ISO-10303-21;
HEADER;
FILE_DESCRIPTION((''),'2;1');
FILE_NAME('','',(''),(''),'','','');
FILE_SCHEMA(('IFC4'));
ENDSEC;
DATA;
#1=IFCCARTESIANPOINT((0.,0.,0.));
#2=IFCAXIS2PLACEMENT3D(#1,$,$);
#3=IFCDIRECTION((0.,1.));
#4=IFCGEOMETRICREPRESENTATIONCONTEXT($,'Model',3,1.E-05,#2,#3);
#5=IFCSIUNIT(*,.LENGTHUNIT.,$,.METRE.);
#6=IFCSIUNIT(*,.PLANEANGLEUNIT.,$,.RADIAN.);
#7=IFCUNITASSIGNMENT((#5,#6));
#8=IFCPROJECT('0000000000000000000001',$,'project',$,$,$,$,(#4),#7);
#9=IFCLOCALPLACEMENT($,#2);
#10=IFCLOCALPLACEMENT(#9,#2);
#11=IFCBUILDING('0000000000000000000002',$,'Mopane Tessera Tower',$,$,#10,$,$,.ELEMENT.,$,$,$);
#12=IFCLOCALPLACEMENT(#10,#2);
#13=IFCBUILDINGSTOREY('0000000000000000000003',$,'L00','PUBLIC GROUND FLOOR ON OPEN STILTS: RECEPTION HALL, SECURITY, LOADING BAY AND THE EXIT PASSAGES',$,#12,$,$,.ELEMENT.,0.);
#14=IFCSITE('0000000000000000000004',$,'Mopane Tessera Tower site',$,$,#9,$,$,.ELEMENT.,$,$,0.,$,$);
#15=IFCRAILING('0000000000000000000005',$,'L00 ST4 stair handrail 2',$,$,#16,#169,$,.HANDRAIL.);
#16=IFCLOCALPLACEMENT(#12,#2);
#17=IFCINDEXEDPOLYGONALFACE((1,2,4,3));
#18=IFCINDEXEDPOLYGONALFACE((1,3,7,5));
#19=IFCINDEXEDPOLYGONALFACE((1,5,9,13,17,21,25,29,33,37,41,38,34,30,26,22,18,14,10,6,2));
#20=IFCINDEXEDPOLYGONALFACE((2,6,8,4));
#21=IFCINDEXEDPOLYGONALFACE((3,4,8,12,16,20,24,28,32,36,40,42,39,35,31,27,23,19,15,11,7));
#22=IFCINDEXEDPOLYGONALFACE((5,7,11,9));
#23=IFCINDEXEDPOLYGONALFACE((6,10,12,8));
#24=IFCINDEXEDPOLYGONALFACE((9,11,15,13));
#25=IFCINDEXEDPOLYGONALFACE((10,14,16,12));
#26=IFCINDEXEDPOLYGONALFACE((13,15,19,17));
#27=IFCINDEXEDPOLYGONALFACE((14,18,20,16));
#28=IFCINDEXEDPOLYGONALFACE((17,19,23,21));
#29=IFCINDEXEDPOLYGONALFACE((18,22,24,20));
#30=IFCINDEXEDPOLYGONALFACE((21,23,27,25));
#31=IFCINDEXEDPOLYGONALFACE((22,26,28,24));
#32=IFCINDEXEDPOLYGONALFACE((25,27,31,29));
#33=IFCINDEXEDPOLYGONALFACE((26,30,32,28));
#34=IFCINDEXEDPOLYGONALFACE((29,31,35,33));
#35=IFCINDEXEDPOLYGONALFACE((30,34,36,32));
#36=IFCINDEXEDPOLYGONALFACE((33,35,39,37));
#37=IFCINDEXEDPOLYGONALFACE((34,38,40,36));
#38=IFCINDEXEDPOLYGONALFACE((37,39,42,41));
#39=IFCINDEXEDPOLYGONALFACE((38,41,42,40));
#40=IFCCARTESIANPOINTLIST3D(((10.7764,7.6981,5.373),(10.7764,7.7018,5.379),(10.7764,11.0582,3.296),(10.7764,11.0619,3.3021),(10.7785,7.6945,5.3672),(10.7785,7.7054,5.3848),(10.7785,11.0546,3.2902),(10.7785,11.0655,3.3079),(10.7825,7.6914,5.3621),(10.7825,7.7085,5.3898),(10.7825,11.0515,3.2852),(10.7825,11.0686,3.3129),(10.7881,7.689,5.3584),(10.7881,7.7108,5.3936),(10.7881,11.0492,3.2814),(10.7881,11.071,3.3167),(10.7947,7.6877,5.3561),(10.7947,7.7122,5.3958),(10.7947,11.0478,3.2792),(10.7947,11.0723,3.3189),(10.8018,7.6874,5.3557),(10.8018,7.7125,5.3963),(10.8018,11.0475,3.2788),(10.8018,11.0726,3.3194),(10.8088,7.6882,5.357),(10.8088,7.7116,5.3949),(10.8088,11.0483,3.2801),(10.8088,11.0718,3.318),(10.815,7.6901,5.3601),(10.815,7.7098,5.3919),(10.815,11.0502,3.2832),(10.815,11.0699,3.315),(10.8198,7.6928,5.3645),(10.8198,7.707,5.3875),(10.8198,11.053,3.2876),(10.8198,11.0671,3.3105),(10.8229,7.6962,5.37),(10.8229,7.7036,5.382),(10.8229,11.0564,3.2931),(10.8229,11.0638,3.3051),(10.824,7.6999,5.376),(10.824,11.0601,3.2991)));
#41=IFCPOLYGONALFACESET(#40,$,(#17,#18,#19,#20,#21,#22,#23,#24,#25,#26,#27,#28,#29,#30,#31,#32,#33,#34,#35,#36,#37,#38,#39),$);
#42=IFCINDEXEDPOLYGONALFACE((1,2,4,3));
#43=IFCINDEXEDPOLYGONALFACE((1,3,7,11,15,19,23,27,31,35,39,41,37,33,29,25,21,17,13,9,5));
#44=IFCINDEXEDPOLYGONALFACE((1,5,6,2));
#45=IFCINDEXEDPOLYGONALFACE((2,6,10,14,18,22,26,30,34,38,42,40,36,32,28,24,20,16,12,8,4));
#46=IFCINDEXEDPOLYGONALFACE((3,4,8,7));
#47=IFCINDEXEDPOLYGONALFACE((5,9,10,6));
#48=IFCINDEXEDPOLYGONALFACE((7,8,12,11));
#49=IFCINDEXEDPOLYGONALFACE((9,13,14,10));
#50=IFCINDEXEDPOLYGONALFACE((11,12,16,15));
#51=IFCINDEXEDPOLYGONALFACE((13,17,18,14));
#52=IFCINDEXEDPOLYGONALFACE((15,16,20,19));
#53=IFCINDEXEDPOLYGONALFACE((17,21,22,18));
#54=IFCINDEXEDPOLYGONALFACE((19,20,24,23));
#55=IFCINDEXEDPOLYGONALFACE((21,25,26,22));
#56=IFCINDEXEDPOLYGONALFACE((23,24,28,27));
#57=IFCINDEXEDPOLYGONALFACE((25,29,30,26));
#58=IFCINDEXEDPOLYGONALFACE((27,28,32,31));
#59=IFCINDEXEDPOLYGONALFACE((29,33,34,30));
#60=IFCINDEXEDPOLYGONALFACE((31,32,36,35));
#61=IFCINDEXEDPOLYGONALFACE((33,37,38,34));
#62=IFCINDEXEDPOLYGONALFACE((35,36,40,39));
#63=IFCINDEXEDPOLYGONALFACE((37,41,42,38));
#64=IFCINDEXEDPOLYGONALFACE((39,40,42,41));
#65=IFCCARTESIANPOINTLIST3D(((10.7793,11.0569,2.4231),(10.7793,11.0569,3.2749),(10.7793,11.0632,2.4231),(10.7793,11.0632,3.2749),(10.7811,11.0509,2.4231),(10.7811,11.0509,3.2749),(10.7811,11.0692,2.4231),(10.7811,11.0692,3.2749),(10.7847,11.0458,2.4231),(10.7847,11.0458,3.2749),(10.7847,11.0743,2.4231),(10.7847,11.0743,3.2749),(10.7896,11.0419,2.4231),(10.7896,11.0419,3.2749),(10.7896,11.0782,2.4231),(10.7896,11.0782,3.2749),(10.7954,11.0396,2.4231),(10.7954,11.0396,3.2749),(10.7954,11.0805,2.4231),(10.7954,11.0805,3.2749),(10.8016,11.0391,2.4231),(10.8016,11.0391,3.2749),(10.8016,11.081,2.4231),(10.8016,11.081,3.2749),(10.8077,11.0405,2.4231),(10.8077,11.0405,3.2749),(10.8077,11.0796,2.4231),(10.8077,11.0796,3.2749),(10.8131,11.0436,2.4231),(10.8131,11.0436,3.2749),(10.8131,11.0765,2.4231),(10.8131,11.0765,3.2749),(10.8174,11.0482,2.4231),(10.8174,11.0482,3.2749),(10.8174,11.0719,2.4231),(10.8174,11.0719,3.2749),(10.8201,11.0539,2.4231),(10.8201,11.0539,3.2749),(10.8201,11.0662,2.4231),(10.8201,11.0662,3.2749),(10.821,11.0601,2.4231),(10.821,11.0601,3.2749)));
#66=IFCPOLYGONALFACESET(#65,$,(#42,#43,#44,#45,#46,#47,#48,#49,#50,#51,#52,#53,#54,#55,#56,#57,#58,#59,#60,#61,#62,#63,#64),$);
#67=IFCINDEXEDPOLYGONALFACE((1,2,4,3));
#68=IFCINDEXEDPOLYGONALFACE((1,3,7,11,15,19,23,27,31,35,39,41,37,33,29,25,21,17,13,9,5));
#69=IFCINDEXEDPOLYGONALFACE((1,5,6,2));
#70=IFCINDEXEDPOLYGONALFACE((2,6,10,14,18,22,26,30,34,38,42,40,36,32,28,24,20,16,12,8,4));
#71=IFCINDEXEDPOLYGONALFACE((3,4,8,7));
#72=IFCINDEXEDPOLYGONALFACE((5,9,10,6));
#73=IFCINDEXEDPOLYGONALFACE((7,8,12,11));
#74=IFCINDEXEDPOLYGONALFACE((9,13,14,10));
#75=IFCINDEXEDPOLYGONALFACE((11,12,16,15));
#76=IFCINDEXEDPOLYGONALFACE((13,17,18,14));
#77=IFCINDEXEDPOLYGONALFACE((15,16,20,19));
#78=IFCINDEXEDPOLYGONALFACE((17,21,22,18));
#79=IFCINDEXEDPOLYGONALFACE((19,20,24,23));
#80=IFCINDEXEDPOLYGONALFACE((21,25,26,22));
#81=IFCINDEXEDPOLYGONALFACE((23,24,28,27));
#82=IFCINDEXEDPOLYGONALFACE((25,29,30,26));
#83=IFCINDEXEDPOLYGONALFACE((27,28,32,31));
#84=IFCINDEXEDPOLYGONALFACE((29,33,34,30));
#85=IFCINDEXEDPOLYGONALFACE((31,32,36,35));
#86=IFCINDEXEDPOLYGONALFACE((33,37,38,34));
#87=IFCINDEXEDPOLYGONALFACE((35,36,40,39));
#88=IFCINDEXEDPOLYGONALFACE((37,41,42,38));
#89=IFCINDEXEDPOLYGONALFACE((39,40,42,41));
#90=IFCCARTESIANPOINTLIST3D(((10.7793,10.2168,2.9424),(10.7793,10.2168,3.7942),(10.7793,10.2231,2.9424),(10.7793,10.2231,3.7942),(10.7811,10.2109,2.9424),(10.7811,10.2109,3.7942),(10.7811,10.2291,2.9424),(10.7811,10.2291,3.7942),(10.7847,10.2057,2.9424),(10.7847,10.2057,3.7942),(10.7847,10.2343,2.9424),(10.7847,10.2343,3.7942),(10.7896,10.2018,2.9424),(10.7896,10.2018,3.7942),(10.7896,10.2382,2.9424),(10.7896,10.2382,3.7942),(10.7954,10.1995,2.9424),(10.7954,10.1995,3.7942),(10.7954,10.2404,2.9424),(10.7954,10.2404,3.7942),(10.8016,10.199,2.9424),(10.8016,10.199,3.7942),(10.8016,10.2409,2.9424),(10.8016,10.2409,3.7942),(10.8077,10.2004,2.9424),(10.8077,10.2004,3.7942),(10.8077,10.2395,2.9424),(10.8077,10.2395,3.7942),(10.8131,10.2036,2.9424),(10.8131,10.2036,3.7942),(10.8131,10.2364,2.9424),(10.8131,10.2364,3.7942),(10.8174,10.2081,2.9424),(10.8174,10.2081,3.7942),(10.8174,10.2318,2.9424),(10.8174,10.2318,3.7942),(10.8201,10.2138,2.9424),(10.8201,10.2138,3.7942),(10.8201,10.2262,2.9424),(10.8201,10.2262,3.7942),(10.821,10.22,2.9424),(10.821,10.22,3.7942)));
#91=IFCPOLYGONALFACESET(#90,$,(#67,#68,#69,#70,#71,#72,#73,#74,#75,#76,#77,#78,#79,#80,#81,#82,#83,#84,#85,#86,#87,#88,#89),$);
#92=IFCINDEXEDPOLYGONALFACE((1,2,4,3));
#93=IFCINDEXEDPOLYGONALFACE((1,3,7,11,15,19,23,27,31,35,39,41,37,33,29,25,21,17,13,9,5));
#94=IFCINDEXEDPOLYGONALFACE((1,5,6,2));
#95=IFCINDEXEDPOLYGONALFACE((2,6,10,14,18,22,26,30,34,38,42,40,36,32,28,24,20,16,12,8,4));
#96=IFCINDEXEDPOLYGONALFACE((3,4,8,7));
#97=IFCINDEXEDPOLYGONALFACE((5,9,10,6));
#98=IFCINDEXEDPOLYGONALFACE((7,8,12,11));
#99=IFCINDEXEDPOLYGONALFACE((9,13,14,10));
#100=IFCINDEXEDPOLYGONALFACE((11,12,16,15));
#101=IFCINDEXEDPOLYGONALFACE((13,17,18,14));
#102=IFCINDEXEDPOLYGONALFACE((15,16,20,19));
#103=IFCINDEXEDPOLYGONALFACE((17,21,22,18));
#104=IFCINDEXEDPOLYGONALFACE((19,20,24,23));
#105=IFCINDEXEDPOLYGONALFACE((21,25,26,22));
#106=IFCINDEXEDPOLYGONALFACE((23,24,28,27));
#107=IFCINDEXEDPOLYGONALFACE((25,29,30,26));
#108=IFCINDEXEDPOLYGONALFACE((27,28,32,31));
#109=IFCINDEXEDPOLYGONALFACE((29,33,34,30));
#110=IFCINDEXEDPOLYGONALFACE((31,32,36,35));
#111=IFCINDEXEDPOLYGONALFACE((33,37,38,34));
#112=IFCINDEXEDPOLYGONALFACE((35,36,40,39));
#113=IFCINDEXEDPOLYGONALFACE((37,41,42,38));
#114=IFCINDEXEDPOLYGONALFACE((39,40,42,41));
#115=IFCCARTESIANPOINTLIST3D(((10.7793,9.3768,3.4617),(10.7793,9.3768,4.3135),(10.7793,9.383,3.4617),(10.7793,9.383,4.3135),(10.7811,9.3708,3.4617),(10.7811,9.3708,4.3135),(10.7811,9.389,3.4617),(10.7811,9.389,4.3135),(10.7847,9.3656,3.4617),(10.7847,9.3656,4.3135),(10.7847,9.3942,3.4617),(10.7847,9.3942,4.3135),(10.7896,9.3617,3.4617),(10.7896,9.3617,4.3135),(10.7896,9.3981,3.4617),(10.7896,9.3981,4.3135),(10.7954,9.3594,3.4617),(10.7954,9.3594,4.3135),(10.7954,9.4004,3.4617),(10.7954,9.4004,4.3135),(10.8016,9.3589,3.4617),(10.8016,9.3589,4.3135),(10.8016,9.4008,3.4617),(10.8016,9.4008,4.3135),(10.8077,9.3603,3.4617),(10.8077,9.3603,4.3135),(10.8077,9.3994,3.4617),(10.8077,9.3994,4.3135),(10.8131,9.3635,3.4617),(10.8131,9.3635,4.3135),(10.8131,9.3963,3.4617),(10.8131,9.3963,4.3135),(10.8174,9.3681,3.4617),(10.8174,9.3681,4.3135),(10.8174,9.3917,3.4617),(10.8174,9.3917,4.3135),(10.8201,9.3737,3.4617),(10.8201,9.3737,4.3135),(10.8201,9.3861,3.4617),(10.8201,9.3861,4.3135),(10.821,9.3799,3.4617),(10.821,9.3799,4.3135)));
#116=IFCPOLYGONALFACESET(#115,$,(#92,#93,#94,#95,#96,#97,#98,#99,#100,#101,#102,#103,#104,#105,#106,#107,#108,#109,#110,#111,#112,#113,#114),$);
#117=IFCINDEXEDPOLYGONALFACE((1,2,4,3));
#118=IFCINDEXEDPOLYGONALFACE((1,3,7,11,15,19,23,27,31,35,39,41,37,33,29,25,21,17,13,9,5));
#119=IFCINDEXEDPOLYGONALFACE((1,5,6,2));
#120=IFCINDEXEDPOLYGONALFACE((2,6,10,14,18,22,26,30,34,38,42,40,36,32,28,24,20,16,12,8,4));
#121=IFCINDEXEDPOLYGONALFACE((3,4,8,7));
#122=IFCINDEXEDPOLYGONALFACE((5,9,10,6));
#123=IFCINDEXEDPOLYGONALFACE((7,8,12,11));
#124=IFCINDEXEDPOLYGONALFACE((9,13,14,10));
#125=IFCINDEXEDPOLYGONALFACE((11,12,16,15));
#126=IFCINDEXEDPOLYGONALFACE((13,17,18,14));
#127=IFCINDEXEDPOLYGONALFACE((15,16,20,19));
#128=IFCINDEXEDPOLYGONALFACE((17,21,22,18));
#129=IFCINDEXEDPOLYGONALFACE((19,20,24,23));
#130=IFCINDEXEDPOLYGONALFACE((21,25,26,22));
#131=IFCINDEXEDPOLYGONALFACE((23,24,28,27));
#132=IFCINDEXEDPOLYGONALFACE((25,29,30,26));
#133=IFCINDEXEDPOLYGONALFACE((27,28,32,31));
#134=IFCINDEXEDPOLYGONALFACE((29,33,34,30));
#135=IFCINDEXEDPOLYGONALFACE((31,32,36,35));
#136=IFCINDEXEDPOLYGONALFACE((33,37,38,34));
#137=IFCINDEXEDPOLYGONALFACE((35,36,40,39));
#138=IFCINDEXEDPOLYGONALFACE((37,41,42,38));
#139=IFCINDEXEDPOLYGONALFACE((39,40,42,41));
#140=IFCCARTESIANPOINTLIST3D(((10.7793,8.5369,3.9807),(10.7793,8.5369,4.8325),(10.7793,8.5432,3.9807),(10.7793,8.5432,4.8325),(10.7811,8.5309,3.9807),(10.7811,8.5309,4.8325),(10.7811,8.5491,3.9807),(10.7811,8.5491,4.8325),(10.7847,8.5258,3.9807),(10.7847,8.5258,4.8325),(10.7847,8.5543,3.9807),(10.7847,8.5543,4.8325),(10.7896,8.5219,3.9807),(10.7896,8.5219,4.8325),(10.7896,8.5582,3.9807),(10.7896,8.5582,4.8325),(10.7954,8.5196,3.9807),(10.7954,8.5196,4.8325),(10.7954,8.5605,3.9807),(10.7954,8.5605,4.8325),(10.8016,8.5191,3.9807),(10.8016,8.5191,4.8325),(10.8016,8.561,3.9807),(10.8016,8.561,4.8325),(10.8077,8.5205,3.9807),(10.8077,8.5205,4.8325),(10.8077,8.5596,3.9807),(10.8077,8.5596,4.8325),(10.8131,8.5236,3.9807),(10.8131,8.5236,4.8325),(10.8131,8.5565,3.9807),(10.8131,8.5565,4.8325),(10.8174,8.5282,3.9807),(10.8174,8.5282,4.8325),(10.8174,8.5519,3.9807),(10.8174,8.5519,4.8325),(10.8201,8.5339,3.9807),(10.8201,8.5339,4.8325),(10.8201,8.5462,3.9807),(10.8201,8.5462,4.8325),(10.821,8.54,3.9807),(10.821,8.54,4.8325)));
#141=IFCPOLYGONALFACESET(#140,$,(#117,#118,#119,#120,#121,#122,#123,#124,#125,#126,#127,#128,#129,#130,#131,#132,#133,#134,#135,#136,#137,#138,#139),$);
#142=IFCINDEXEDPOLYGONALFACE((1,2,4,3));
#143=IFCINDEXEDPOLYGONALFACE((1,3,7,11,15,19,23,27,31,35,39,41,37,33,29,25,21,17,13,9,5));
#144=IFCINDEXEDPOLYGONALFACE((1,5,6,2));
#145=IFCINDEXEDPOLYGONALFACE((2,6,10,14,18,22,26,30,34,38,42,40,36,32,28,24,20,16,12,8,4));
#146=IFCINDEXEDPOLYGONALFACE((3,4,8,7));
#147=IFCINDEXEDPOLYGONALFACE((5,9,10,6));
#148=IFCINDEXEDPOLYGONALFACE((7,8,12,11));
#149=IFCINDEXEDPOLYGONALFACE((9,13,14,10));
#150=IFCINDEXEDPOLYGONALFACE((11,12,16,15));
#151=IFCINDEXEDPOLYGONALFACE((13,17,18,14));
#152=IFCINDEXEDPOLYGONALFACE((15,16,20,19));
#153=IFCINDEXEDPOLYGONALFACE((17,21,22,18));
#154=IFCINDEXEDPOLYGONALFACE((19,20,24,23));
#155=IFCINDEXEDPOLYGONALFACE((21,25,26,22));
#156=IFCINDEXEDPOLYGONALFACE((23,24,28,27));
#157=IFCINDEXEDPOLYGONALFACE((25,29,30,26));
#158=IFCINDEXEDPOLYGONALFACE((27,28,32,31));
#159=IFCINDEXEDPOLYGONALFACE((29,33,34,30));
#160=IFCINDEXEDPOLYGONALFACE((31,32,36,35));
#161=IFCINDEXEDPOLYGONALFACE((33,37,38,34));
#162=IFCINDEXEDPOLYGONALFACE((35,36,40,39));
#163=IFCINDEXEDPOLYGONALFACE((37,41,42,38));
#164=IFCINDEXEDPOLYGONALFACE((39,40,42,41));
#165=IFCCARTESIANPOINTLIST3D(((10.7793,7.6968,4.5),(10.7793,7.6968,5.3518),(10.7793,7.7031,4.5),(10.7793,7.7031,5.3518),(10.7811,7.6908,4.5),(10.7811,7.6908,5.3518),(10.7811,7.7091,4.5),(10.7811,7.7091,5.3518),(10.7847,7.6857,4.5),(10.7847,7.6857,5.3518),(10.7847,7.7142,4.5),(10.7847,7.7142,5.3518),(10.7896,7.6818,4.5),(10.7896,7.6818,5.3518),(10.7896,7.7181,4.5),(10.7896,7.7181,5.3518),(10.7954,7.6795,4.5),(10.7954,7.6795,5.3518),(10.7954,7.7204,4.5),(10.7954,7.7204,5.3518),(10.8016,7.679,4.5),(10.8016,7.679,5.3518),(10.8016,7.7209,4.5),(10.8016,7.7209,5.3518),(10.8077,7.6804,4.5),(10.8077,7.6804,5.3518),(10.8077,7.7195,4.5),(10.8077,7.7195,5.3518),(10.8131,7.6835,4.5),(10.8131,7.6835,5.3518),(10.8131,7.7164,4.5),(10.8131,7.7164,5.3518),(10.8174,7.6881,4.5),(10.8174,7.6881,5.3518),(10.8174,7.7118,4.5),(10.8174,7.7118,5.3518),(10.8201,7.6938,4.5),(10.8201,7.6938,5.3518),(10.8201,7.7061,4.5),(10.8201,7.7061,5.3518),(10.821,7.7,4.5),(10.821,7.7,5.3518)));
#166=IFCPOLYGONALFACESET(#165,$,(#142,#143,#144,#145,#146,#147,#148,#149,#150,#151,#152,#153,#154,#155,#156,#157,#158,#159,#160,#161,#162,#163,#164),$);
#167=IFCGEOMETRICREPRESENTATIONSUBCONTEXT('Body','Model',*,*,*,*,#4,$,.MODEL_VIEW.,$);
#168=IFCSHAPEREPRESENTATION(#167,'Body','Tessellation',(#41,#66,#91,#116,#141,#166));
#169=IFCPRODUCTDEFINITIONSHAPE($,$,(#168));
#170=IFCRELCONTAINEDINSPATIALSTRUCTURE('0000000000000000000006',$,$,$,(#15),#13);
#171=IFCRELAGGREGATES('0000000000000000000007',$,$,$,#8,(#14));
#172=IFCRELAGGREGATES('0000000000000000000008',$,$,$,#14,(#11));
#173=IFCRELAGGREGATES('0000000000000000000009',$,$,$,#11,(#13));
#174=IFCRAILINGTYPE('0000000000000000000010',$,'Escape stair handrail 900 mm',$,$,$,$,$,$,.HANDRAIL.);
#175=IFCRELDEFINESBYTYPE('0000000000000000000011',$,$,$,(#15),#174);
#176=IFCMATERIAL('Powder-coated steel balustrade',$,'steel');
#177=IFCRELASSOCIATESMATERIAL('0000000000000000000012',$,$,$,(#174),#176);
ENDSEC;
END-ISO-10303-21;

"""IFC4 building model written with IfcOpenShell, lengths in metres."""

from ifc_helpers import new_model, si_unit, direction, frame, origin, origin_2d, place, context, subcontext, project, spatial, circle, extrude, material, type_object, element, save


model = new_model("IFC4")

# Units and contexts
model_context = context("Model", 3, precision=1e-05, world=origin(), true_north=direction((0.0, 1.0)))
body_context = subcontext(model_context, "Body", "Model", "MODEL_VIEW")
ifc_project = project(units=[si_unit("LENGTHUNIT", "METRE"), si_unit("PLANEANGLEUNIT", "RADIAN")], contexts=[model_context])

# Site, building, storey
site_placement = place(None, origin())
site = spatial("IfcSite", under=ifc_project, at=site_placement, Name="Mopane Tessera Tower site", CompositionType="ELEMENT", RefElevation=0.0)
building_placement = place(site_placement, origin())
building = spatial("IfcBuilding", under=site, at=building_placement, Name="Mopane Tessera Tower", CompositionType="ELEMENT")
storey_placement = place(building_placement, origin())
storey = spatial("IfcBuildingStorey", under=building, at=storey_placement, Name="L00", Description="PUBLIC GROUND FLOOR ON OPEN STILTS: RECEPTION HALL, SECURITY, LOADING BAY AND THE EXIT PASSAGES", CompositionType="ELEMENT", Elevation=0.0)

# Railing
ifc_material_1 = material(Name="Powder-coated steel balustrade", Category="steel")
railing_type_1 = type_object("IfcRailingType", Name="Escape stair handrail 900 mm", PredefinedType="HANDRAIL", material=ifc_material_1)
for number, where, name in (
    (1, (10.8, 11.0601, 2.4231), "L00 ST4 stair handrail 2"),
):
    element("IfcRailing", number, at=place(storey_placement, frame(where)), inside=storey, type_object=railing_type_1, Name=name, PredefinedType="HANDRAIL", context=body_context, shape_type="SweptSolid", body=[
        extrude(circle(Radius=0.0239, at=origin_2d()), frame((0.0, 0.0, 0.876), z_axis=(0.0, -0.850623, 0.525776), x_axis=(1.0, 0.0, 0.0)), (0.0, 0.0, 1.0), 3.9502),
        extrude(circle(Radius=0.021, at=origin_2d()), origin(), (0.0, 0.0, 1.0), 0.8518),
        extrude(circle(Radius=0.021, at=origin_2d()), frame((0.0, -0.8401, 0.5193)), (0.0, 0.0, 1.0), 0.8518),
        extrude(circle(Radius=0.021, at=origin_2d()), frame((0.0, -1.6802, 1.0386)), (0.0, 0.0, 1.0), 0.8518),
        extrude(circle(Radius=0.021, at=origin_2d()), frame((0.0, -2.52, 1.5576)), (0.0, 0.0, 1.0), 0.8518),
        extrude(circle(Radius=0.021, at=origin_2d()), frame((0.0, -3.3601, 2.0769)), (0.0, 0.0, 1.0), 0.8518),
    ])

save(model, "model.ifc")
